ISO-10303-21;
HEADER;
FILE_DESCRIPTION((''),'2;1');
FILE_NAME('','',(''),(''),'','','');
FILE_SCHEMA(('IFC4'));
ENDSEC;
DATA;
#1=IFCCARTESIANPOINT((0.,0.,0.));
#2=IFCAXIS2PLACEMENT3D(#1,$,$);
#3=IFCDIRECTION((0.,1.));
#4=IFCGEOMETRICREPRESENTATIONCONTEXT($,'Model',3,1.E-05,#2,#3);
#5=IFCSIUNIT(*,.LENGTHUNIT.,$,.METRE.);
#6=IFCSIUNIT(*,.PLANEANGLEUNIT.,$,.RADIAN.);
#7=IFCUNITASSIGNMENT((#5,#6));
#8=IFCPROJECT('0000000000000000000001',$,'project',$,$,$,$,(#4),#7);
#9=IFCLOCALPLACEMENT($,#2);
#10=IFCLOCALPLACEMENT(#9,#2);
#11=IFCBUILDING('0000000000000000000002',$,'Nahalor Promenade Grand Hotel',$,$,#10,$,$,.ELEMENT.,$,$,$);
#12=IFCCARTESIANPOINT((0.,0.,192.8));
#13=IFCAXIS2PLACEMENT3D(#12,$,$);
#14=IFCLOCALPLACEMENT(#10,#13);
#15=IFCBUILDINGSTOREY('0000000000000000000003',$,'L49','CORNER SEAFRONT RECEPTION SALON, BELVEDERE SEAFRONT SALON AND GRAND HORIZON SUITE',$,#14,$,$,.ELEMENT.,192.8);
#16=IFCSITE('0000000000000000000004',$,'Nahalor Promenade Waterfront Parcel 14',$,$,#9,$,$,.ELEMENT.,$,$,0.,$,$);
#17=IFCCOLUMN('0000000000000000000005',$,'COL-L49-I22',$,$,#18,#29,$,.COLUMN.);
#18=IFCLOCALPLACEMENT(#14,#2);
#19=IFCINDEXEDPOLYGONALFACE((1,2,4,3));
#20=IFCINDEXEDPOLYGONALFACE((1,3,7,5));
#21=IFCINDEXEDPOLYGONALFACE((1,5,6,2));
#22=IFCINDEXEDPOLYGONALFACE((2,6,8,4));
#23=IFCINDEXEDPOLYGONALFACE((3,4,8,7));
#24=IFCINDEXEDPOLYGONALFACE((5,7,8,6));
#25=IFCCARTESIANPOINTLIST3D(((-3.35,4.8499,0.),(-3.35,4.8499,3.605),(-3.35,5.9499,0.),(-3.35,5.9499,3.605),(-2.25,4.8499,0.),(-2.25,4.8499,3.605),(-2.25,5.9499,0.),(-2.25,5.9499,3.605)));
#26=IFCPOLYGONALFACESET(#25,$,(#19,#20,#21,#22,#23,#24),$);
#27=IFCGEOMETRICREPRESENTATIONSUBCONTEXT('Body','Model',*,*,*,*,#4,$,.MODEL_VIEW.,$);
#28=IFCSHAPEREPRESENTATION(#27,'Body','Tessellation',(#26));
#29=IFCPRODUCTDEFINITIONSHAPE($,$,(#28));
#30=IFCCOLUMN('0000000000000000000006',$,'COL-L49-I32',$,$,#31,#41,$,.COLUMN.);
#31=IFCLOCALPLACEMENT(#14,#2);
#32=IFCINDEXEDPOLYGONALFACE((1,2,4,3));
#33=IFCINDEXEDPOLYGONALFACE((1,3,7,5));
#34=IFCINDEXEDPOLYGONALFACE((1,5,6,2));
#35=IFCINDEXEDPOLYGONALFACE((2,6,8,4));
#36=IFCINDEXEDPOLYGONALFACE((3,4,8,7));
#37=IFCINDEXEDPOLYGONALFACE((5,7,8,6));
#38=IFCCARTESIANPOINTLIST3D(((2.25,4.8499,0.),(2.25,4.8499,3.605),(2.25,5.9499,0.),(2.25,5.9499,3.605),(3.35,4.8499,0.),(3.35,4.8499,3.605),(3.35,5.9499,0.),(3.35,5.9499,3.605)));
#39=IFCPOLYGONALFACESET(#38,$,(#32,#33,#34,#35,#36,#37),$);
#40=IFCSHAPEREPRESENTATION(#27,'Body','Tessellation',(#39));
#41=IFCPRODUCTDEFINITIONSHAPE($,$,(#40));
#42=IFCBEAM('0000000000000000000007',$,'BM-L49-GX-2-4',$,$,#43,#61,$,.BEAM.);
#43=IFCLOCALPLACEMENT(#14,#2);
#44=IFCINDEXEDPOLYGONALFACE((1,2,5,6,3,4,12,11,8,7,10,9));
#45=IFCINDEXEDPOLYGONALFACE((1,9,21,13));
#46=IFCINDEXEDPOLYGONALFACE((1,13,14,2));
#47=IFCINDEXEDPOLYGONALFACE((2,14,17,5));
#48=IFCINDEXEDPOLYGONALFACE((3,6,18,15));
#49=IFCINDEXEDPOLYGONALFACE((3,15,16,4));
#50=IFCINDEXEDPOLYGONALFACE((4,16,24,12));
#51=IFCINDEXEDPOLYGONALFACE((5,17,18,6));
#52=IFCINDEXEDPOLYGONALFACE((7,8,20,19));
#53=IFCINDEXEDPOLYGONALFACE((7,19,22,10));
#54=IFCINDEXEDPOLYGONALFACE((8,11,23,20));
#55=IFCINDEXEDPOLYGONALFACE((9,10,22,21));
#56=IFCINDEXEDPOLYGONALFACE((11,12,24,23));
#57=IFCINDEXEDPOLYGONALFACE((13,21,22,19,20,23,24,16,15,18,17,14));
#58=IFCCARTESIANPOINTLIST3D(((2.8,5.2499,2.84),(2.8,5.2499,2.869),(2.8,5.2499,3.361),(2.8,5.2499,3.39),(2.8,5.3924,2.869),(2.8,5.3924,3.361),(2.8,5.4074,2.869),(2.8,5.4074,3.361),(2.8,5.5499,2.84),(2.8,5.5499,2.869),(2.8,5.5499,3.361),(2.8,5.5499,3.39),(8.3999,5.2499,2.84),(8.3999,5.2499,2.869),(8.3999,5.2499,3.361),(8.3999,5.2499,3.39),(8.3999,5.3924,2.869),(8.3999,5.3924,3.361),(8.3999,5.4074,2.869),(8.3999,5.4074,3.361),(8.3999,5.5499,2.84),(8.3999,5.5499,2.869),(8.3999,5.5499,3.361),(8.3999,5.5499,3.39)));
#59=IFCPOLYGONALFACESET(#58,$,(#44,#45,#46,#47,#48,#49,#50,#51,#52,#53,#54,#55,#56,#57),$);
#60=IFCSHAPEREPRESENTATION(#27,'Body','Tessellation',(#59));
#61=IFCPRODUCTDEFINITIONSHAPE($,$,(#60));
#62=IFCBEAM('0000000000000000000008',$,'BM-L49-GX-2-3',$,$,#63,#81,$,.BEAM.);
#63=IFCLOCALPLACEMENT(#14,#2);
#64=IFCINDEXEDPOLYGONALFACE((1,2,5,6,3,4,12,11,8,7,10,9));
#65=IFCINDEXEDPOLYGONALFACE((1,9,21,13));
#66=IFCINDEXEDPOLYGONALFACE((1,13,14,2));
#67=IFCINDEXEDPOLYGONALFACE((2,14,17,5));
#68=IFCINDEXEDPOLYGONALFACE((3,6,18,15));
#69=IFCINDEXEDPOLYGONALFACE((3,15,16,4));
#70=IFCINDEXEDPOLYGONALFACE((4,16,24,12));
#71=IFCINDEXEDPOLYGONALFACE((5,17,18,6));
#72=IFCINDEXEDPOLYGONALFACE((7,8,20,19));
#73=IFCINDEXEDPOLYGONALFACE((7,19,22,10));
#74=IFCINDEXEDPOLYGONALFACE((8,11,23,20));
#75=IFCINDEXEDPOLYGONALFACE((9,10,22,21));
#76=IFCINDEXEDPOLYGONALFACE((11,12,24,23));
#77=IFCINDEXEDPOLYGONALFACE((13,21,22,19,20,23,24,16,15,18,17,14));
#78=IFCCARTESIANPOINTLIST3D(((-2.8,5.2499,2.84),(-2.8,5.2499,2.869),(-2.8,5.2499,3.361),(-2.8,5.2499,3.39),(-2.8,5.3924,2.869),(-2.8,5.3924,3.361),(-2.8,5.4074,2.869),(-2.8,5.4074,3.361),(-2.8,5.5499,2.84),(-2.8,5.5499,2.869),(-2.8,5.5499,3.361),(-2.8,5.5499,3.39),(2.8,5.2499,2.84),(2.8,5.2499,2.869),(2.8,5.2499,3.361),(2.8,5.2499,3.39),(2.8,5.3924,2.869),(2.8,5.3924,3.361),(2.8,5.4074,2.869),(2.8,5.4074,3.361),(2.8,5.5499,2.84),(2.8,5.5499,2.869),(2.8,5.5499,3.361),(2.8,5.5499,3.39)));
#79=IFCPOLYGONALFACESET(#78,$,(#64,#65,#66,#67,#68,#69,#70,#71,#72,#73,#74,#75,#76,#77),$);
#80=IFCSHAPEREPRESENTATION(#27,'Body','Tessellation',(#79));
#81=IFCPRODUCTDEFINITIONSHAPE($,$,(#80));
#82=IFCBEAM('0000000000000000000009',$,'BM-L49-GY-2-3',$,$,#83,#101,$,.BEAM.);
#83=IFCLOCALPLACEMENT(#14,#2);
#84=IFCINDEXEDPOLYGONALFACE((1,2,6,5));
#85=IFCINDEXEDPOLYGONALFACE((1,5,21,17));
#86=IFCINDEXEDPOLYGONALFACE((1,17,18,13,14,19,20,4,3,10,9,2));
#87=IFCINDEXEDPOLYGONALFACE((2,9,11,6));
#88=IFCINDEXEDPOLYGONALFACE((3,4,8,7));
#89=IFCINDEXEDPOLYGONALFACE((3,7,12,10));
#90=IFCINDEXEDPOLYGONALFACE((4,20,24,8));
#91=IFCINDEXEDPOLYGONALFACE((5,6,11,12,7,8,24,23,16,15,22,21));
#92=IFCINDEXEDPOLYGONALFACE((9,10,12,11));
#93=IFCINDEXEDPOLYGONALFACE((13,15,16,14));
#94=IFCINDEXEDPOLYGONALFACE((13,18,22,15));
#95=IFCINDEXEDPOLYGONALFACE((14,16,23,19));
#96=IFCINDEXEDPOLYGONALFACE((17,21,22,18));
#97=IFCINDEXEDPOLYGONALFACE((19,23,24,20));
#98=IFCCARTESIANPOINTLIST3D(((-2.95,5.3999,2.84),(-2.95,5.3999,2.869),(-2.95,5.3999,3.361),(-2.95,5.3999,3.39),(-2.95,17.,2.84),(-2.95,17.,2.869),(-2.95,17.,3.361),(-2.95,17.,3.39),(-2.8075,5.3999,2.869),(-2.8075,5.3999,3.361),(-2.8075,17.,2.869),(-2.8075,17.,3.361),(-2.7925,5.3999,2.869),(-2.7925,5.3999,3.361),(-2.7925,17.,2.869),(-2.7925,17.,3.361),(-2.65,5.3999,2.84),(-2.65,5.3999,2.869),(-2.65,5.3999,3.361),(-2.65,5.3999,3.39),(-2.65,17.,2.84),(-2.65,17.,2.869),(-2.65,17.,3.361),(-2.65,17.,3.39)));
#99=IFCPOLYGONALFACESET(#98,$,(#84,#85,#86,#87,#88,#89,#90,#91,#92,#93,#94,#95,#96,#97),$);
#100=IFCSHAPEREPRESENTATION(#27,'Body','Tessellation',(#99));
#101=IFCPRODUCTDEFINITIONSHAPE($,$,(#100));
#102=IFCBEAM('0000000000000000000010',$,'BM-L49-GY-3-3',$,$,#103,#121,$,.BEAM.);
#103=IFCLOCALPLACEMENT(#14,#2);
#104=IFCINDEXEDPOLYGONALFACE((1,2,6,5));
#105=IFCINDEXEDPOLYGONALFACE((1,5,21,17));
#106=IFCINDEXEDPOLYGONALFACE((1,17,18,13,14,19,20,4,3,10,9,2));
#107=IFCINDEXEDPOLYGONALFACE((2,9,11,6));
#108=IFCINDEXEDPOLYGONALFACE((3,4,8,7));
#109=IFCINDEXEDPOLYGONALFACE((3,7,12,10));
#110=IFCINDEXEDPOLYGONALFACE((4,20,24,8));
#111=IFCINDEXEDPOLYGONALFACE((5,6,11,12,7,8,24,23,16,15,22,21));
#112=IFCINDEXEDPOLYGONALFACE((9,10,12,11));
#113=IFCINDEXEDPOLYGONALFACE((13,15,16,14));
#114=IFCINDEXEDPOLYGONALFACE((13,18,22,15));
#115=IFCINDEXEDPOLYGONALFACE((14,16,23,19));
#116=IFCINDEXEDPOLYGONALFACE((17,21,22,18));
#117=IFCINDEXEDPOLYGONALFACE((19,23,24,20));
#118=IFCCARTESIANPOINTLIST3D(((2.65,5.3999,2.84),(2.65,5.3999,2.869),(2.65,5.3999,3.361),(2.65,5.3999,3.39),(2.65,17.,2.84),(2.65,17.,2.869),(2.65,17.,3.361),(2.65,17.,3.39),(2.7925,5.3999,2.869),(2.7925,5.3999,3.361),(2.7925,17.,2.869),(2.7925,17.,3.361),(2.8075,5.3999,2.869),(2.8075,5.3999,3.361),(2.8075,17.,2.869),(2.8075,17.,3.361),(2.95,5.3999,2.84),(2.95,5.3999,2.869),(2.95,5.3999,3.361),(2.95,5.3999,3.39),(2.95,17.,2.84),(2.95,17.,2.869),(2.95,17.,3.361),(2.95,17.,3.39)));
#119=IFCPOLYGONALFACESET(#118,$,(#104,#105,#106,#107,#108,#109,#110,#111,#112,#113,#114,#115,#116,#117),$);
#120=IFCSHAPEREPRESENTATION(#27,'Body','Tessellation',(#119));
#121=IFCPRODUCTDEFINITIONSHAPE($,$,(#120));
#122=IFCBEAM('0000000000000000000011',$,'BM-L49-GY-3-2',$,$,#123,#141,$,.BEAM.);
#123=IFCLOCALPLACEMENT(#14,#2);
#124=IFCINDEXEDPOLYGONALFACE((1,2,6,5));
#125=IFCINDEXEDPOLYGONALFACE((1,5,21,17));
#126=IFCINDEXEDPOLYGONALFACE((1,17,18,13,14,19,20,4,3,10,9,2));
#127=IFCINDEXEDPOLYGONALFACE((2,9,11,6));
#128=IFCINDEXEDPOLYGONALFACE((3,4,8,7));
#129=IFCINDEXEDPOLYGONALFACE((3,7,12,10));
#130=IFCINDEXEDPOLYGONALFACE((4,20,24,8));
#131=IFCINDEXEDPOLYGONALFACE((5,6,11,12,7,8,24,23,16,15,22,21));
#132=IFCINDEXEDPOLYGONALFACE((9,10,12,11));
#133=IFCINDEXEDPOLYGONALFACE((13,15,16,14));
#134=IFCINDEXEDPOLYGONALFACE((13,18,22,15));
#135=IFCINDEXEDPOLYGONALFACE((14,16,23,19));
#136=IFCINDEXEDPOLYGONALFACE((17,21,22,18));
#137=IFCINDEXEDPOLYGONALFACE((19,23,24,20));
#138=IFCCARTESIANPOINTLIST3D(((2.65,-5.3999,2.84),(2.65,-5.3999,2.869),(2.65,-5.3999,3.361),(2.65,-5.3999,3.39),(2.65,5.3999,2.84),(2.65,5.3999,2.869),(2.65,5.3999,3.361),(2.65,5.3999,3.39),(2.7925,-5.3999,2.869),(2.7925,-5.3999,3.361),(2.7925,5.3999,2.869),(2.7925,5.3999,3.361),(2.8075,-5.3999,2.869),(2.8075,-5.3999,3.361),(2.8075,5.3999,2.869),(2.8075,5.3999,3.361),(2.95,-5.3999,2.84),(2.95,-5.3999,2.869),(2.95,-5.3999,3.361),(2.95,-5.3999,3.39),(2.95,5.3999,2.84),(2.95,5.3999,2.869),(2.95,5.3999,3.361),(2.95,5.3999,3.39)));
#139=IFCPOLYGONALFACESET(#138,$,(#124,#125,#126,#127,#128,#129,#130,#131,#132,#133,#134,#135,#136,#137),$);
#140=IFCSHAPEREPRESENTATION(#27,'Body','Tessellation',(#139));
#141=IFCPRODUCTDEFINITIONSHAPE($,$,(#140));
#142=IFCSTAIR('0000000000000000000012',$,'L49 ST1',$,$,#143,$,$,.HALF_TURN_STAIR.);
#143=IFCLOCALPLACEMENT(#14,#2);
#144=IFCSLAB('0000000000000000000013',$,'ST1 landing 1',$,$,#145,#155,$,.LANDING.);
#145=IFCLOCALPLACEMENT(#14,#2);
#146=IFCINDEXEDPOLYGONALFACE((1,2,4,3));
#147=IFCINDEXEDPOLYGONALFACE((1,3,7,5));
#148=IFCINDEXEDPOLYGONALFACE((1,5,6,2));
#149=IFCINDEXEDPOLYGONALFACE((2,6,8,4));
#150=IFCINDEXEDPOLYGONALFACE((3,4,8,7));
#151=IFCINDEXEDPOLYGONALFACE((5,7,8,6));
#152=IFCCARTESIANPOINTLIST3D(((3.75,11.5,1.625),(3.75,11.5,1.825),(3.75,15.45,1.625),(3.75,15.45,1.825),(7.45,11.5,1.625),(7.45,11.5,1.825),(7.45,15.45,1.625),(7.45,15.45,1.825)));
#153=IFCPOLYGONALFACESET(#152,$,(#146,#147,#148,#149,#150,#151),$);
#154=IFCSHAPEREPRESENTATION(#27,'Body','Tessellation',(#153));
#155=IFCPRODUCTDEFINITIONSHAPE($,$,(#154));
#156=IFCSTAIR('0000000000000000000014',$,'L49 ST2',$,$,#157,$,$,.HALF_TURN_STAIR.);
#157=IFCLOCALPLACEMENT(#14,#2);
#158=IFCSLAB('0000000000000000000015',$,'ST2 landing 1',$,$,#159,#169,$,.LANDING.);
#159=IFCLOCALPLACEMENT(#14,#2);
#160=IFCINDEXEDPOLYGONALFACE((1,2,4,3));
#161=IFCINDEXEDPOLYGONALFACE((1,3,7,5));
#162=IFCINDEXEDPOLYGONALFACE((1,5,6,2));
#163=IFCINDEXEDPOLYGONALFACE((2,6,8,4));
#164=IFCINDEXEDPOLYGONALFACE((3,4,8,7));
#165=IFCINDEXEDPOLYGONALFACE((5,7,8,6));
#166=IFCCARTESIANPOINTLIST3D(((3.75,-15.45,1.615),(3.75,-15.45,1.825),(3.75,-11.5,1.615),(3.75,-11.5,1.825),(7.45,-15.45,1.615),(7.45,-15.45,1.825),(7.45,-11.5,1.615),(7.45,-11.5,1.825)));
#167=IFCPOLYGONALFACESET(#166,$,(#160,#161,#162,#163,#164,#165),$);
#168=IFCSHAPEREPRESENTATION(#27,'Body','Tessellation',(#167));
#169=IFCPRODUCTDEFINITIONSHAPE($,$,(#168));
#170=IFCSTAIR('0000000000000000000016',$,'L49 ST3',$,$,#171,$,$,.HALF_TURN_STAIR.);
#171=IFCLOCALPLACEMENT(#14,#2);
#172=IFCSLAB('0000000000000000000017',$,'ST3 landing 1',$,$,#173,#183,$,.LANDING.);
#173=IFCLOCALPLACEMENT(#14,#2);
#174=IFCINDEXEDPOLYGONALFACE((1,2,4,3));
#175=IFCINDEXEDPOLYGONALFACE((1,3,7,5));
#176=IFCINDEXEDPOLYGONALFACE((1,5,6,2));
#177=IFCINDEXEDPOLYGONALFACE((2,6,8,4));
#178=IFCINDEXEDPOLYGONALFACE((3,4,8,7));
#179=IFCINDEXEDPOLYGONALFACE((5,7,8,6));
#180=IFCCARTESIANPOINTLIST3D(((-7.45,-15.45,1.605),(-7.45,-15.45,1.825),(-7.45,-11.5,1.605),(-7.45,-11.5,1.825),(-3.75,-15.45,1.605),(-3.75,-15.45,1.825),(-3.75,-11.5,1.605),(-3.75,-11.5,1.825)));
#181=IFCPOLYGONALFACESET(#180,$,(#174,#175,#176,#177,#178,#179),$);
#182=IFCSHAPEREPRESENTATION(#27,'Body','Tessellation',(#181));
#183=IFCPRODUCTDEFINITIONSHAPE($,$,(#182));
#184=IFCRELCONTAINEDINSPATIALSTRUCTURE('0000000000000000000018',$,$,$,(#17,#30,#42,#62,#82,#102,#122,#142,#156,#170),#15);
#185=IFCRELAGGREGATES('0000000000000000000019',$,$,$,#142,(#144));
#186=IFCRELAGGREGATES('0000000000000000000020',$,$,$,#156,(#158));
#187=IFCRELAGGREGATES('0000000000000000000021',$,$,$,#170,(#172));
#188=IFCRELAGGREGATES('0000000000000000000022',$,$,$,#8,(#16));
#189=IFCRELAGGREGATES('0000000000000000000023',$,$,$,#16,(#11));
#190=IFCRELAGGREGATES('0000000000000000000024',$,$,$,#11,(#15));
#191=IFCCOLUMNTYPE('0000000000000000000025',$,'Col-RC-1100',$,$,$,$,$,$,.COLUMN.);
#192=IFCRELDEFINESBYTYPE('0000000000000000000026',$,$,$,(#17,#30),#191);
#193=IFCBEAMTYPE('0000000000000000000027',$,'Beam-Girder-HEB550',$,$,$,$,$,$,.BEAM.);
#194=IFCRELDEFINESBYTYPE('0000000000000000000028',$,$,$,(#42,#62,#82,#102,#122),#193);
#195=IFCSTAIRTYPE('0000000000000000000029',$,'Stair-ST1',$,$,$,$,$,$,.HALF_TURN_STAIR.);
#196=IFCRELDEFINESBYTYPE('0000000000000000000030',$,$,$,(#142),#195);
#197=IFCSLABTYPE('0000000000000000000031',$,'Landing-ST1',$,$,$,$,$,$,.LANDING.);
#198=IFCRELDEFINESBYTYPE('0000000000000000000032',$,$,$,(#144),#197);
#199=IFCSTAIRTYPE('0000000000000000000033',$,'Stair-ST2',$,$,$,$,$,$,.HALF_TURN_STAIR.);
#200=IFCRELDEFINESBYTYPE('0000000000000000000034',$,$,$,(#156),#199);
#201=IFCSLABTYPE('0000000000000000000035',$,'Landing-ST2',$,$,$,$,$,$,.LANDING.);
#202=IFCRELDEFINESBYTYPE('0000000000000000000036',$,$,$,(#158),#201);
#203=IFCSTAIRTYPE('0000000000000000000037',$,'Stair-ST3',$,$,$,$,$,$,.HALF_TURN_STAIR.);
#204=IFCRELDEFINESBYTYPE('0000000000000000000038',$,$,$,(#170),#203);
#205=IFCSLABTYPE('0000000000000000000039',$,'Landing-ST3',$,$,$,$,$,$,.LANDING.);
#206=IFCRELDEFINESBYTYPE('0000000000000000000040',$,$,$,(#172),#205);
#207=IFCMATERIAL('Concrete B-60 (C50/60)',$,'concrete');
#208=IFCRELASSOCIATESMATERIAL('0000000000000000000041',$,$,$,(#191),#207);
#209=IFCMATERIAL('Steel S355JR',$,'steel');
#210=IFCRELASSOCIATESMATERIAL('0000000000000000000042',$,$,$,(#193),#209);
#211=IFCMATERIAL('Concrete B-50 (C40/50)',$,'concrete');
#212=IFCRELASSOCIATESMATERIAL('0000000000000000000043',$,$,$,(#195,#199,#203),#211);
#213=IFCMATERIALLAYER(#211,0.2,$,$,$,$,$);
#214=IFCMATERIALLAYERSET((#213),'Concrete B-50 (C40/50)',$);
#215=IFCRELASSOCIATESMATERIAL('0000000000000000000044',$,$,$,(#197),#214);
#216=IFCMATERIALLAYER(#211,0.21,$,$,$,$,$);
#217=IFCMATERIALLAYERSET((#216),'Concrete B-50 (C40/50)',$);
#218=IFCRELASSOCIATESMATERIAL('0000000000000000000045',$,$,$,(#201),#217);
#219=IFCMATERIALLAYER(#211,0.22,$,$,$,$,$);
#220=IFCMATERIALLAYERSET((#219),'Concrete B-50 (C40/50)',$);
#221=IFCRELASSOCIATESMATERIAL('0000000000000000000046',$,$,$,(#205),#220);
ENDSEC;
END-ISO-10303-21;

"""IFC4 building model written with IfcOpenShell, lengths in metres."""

from ifc_helpers import new_model, si_unit, direction, frame, origin, origin_2d, place, context, subcontext, project, spatial, polyline, rectangle, i_section, outline, extrude, source, transform, mapped, material, layer, layer_set, material_profile, profile_set, type_object, element, aggregate, save


model = new_model("IFC4")

# Units and contexts
model_context = context("Model", 3, precision=1e-05, world=origin(), true_north=direction((0.0, 1.0)))
body_context = subcontext(model_context, "Body", "Model", "MODEL_VIEW")
ifc_project = project(units=[si_unit("LENGTHUNIT", "METRE"), si_unit("PLANEANGLEUNIT", "RADIAN")], contexts=[model_context])

# Site, building, storey
site_placement = place(None, origin())
site = spatial("IfcSite", under=ifc_project, at=site_placement, Name="Nahalor Promenade Waterfront Parcel 14", CompositionType="ELEMENT", RefElevation=0.0)
building_placement = place(site_placement, origin())
building = spatial("IfcBuilding", under=site, at=building_placement, Name="Nahalor Promenade Grand Hotel", CompositionType="ELEMENT")
storey_placement = place(building_placement, frame((0.0, 0.0, 192.8)))
storey = spatial("IfcBuildingStorey", under=building, at=storey_placement, Name="L49", Description="CORNER SEAFRONT RECEPTION SALON, BELVEDERE SEAFRONT SALON AND GRAND HORIZON SUITE", CompositionType="ELEMENT", Elevation=192.8)

# Columns
ifc_material_1 = material(Name="Concrete B-60 (C50/60)", Category="concrete")
ifc_material_profile_1 = material_profile(ifc_material_1, rectangle(XDim=1.1, YDim=1.1, at=origin_2d()), Name="RC 1100x1100")
ifc_profile_set_1 = profile_set([ifc_material_profile_1], Name="Concrete B-60 (C50/60)")
column_type = type_object("IfcColumnType", Name="Col-RC-1100", PredefinedType="COLUMN", material=ifc_profile_set_1)
shared_shape_1 = source(origin(), body_context, "Body", "SweptSolid", [
    extrude(rectangle(XDim=1.1, YDim=1.1, at=origin_2d()), origin(), (0.0, 0.0, 1.0), 3.605),
])
for number, where, z_axis, x_axis, name in (
    (1, (-2.8, 5.3999, 0.0), (0.0, 0.0, 1.0), (1.0, 0.0, 0.0), "COL-L49-I22"),
    (2, (2.8, 5.3999, 0.0), (0.0, 0.0, 1.0), (1.0, 0.0, 0.0), "COL-L49-I32"),
):
    element("IfcColumn", number, at=place(storey_placement, frame(where, z_axis=z_axis, x_axis=x_axis)), inside=storey, type_object=column_type, Name=name, PredefinedType="COLUMN", context=body_context, shape_type="MappedRepresentation", body=[
        mapped(shared_shape_1, transform((0.0, 0.0, 0.0), scale=1.0)),
    ])

# Beams
ifc_material_2 = material(Name="Steel S355JR", Category="steel")
ifc_material_profile_2 = material_profile(ifc_material_2, i_section(OverallWidth=0.3, OverallDepth=0.55, WebThickness=0.015, FlangeThickness=0.029, at=origin_2d()), Name="HEB 550")
ifc_profile_set_2 = profile_set([ifc_material_profile_2], Name="Steel S355JR")
beam_type = type_object("IfcBeamType", Name="Beam-Girder-HEB550", PredefinedType="BEAM", material=ifc_profile_set_2)
shared_shape_2 = source(origin(), body_context, "Body", "SweptSolid", [
    extrude(i_section(OverallWidth=0.3, OverallDepth=0.55, WebThickness=0.015, FlangeThickness=0.029, at=origin_2d()), origin(), (0.0, 0.0, 1.0), 5.5999),
])
beam_1_placement = place(storey_placement, frame((2.8, 5.3999, 3.115), z_axis=(1.0, 0.0, 0.0), x_axis=(0.0, 1.0, 0.0)))
element("IfcBeam", 3, at=beam_1_placement, inside=storey, type_object=beam_type, Name="BM-L49-GX-2-4", PredefinedType="BEAM", context=body_context, shape_type="MappedRepresentation", body=[
    mapped(shared_shape_2, transform((0.0, 0.0, 0.0), scale=1.0)),
])
shared_shape_3 = source(origin(), body_context, "Body", "SweptSolid", [
    extrude(i_section(OverallWidth=0.3, OverallDepth=0.55, WebThickness=0.015, FlangeThickness=0.029, at=origin_2d()), origin(), (0.0, 0.0, 1.0), 5.6001),
])
beam_2_placement = place(storey_placement, frame((-2.8, 5.3999, 3.115), z_axis=(1.0, 0.0, 0.0), x_axis=(0.0, 1.0, 0.0)))
element("IfcBeam", 4, at=beam_2_placement, inside=storey, type_object=beam_type, Name="BM-L49-GX-2-3", PredefinedType="BEAM", context=body_context, shape_type="MappedRepresentation", body=[
    mapped(shared_shape_3, transform((0.0, 0.0, 0.0), scale=1.0)),
])
shared_shape_4 = source(origin(), body_context, "Body", "SweptSolid", [
    extrude(i_section(OverallWidth=0.3, OverallDepth=0.55, WebThickness=0.015, FlangeThickness=0.029, at=origin_2d()), origin(), (0.0, 0.0, 1.0), 11.6001),
])
for number, where, z_axis, x_axis, name in (
    (5, (-2.8, 5.3999, 3.115), (0.0, 1.0, 0.0), (-1.0, 0.0, 0.0), "BM-L49-GY-2-3"),
    (6, (2.8, 5.3999, 3.115), (0.0, 1.0, 0.0), (-1.0, 0.0, 0.0), "BM-L49-GY-3-3"),
):
    element("IfcBeam", number, at=place(storey_placement, frame(where, z_axis=z_axis, x_axis=x_axis)), inside=storey, type_object=beam_type, Name=name, PredefinedType="BEAM", context=body_context, shape_type="MappedRepresentation", body=[
        mapped(shared_shape_4, transform((0.0, 0.0, 0.0), scale=1.0)),
    ])
shared_shape_5 = source(origin(), body_context, "Body", "SweptSolid", [
    extrude(i_section(OverallWidth=0.3, OverallDepth=0.55, WebThickness=0.015, FlangeThickness=0.029, at=origin_2d()), origin(), (0.0, 0.0, 1.0), 10.7998),
])
beam_3_placement = place(storey_placement, frame((2.8, -5.3999, 3.115), z_axis=(0.0, 1.0, 0.0), x_axis=(-1.0, 0.0, 0.0)))
element("IfcBeam", 7, at=beam_3_placement, inside=storey, type_object=beam_type, Name="BM-L49-GY-3-2", PredefinedType="BEAM", context=body_context, shape_type="MappedRepresentation", body=[
    mapped(shared_shape_5, transform((0.0, 0.0, 0.0), scale=1.0)),
])

# Stairs, slabs
ifc_material_3 = material(Name="Concrete B-50 (C40/50)", Category="concrete")
stair_type_1 = type_object("IfcStairType", Name="Stair-ST1", PredefinedType="HALF_TURN_STAIR", material=ifc_material_3)
stair_1_placement = place(storey_placement, origin())
stair_1 = element("IfcStair", 8, at=stair_1_placement, inside=storey, type_object=stair_type_1, Name="L49 ST1", PredefinedType="HALF_TURN_STAIR")
ifc_layer_1 = layer(ifc_material_3, 0.2)
ifc_layer_set_1 = layer_set([ifc_layer_1], Name="Concrete B-50 (C40/50)")
slab_type_1 = type_object("IfcSlabType", Name="Landing-ST1", PredefinedType="LANDING", material=ifc_layer_set_1)
slab_1_placement = place(storey_placement, frame((0.0, 0.0, 1.625)))
slab_1 = element("IfcSlab", 9, at=slab_1_placement, type_object=slab_type_1, Name="ST1 landing 1", PredefinedType="LANDING", context=body_context, shape_type="SweptSolid", body=[
    extrude(outline(polyline([(7.45, 11.5), (7.45, 15.45), (3.75, 15.45), (3.75, 11.5), (7.45, 11.5)])), origin(), (0.0, 0.0, 1.0), 0.2),
])
aggregate(stair_1, [slab_1])
stair_type_2 = type_object("IfcStairType", Name="Stair-ST2", PredefinedType="HALF_TURN_STAIR", material=ifc_material_3)
stair_2_placement = place(storey_placement, origin())
stair_2 = element("IfcStair", 10, at=stair_2_placement, inside=storey, type_object=stair_type_2, Name="L49 ST2", PredefinedType="HALF_TURN_STAIR")
ifc_layer_2 = layer(ifc_material_3, 0.21)
ifc_layer_set_2 = layer_set([ifc_layer_2], Name="Concrete B-50 (C40/50)")
slab_type_2 = type_object("IfcSlabType", Name="Landing-ST2", PredefinedType="LANDING", material=ifc_layer_set_2)
slab_2_placement = place(storey_placement, frame((0.0, 0.0, 1.615)))
slab_2 = element("IfcSlab", 11, at=slab_2_placement, type_object=slab_type_2, Name="ST2 landing 1", PredefinedType="LANDING", context=body_context, shape_type="SweptSolid", body=[
    extrude(outline(polyline([(3.75, -11.5), (3.75, -15.45), (7.45, -15.45), (7.45, -11.5), (3.75, -11.5)])), origin(), (0.0, 0.0, 1.0), 0.21),
])
aggregate(stair_2, [slab_2])
stair_type_3 = type_object("IfcStairType", Name="Stair-ST3", PredefinedType="HALF_TURN_STAIR", material=ifc_material_3)
stair_3_placement = place(storey_placement, origin())
stair_3 = element("IfcStair", 12, at=stair_3_placement, inside=storey, type_object=stair_type_3, Name="L49 ST3", PredefinedType="HALF_TURN_STAIR")
ifc_layer_3 = layer(ifc_material_3, 0.22)
ifc_layer_set_3 = layer_set([ifc_layer_3], Name="Concrete B-50 (C40/50)")
slab_type_3 = type_object("IfcSlabType", Name="Landing-ST3", PredefinedType="LANDING", material=ifc_layer_set_3)
slab_3_placement = place(storey_placement, frame((0.0, 0.0, 1.605)))
slab_3 = element("IfcSlab", 13, at=slab_3_placement, type_object=slab_type_3, Name="ST3 landing 1", PredefinedType="LANDING", context=body_context, shape_type="SweptSolid", body=[
    extrude(outline(polyline([(-7.45, -11.5), (-7.45, -15.45), (-3.75, -15.45), (-3.75, -11.5), (-7.45, -11.5)])), origin(), (0.0, 0.0, 1.0), 0.22),
])
aggregate(stair_3, [slab_3])

save(model, "model.ifc")
